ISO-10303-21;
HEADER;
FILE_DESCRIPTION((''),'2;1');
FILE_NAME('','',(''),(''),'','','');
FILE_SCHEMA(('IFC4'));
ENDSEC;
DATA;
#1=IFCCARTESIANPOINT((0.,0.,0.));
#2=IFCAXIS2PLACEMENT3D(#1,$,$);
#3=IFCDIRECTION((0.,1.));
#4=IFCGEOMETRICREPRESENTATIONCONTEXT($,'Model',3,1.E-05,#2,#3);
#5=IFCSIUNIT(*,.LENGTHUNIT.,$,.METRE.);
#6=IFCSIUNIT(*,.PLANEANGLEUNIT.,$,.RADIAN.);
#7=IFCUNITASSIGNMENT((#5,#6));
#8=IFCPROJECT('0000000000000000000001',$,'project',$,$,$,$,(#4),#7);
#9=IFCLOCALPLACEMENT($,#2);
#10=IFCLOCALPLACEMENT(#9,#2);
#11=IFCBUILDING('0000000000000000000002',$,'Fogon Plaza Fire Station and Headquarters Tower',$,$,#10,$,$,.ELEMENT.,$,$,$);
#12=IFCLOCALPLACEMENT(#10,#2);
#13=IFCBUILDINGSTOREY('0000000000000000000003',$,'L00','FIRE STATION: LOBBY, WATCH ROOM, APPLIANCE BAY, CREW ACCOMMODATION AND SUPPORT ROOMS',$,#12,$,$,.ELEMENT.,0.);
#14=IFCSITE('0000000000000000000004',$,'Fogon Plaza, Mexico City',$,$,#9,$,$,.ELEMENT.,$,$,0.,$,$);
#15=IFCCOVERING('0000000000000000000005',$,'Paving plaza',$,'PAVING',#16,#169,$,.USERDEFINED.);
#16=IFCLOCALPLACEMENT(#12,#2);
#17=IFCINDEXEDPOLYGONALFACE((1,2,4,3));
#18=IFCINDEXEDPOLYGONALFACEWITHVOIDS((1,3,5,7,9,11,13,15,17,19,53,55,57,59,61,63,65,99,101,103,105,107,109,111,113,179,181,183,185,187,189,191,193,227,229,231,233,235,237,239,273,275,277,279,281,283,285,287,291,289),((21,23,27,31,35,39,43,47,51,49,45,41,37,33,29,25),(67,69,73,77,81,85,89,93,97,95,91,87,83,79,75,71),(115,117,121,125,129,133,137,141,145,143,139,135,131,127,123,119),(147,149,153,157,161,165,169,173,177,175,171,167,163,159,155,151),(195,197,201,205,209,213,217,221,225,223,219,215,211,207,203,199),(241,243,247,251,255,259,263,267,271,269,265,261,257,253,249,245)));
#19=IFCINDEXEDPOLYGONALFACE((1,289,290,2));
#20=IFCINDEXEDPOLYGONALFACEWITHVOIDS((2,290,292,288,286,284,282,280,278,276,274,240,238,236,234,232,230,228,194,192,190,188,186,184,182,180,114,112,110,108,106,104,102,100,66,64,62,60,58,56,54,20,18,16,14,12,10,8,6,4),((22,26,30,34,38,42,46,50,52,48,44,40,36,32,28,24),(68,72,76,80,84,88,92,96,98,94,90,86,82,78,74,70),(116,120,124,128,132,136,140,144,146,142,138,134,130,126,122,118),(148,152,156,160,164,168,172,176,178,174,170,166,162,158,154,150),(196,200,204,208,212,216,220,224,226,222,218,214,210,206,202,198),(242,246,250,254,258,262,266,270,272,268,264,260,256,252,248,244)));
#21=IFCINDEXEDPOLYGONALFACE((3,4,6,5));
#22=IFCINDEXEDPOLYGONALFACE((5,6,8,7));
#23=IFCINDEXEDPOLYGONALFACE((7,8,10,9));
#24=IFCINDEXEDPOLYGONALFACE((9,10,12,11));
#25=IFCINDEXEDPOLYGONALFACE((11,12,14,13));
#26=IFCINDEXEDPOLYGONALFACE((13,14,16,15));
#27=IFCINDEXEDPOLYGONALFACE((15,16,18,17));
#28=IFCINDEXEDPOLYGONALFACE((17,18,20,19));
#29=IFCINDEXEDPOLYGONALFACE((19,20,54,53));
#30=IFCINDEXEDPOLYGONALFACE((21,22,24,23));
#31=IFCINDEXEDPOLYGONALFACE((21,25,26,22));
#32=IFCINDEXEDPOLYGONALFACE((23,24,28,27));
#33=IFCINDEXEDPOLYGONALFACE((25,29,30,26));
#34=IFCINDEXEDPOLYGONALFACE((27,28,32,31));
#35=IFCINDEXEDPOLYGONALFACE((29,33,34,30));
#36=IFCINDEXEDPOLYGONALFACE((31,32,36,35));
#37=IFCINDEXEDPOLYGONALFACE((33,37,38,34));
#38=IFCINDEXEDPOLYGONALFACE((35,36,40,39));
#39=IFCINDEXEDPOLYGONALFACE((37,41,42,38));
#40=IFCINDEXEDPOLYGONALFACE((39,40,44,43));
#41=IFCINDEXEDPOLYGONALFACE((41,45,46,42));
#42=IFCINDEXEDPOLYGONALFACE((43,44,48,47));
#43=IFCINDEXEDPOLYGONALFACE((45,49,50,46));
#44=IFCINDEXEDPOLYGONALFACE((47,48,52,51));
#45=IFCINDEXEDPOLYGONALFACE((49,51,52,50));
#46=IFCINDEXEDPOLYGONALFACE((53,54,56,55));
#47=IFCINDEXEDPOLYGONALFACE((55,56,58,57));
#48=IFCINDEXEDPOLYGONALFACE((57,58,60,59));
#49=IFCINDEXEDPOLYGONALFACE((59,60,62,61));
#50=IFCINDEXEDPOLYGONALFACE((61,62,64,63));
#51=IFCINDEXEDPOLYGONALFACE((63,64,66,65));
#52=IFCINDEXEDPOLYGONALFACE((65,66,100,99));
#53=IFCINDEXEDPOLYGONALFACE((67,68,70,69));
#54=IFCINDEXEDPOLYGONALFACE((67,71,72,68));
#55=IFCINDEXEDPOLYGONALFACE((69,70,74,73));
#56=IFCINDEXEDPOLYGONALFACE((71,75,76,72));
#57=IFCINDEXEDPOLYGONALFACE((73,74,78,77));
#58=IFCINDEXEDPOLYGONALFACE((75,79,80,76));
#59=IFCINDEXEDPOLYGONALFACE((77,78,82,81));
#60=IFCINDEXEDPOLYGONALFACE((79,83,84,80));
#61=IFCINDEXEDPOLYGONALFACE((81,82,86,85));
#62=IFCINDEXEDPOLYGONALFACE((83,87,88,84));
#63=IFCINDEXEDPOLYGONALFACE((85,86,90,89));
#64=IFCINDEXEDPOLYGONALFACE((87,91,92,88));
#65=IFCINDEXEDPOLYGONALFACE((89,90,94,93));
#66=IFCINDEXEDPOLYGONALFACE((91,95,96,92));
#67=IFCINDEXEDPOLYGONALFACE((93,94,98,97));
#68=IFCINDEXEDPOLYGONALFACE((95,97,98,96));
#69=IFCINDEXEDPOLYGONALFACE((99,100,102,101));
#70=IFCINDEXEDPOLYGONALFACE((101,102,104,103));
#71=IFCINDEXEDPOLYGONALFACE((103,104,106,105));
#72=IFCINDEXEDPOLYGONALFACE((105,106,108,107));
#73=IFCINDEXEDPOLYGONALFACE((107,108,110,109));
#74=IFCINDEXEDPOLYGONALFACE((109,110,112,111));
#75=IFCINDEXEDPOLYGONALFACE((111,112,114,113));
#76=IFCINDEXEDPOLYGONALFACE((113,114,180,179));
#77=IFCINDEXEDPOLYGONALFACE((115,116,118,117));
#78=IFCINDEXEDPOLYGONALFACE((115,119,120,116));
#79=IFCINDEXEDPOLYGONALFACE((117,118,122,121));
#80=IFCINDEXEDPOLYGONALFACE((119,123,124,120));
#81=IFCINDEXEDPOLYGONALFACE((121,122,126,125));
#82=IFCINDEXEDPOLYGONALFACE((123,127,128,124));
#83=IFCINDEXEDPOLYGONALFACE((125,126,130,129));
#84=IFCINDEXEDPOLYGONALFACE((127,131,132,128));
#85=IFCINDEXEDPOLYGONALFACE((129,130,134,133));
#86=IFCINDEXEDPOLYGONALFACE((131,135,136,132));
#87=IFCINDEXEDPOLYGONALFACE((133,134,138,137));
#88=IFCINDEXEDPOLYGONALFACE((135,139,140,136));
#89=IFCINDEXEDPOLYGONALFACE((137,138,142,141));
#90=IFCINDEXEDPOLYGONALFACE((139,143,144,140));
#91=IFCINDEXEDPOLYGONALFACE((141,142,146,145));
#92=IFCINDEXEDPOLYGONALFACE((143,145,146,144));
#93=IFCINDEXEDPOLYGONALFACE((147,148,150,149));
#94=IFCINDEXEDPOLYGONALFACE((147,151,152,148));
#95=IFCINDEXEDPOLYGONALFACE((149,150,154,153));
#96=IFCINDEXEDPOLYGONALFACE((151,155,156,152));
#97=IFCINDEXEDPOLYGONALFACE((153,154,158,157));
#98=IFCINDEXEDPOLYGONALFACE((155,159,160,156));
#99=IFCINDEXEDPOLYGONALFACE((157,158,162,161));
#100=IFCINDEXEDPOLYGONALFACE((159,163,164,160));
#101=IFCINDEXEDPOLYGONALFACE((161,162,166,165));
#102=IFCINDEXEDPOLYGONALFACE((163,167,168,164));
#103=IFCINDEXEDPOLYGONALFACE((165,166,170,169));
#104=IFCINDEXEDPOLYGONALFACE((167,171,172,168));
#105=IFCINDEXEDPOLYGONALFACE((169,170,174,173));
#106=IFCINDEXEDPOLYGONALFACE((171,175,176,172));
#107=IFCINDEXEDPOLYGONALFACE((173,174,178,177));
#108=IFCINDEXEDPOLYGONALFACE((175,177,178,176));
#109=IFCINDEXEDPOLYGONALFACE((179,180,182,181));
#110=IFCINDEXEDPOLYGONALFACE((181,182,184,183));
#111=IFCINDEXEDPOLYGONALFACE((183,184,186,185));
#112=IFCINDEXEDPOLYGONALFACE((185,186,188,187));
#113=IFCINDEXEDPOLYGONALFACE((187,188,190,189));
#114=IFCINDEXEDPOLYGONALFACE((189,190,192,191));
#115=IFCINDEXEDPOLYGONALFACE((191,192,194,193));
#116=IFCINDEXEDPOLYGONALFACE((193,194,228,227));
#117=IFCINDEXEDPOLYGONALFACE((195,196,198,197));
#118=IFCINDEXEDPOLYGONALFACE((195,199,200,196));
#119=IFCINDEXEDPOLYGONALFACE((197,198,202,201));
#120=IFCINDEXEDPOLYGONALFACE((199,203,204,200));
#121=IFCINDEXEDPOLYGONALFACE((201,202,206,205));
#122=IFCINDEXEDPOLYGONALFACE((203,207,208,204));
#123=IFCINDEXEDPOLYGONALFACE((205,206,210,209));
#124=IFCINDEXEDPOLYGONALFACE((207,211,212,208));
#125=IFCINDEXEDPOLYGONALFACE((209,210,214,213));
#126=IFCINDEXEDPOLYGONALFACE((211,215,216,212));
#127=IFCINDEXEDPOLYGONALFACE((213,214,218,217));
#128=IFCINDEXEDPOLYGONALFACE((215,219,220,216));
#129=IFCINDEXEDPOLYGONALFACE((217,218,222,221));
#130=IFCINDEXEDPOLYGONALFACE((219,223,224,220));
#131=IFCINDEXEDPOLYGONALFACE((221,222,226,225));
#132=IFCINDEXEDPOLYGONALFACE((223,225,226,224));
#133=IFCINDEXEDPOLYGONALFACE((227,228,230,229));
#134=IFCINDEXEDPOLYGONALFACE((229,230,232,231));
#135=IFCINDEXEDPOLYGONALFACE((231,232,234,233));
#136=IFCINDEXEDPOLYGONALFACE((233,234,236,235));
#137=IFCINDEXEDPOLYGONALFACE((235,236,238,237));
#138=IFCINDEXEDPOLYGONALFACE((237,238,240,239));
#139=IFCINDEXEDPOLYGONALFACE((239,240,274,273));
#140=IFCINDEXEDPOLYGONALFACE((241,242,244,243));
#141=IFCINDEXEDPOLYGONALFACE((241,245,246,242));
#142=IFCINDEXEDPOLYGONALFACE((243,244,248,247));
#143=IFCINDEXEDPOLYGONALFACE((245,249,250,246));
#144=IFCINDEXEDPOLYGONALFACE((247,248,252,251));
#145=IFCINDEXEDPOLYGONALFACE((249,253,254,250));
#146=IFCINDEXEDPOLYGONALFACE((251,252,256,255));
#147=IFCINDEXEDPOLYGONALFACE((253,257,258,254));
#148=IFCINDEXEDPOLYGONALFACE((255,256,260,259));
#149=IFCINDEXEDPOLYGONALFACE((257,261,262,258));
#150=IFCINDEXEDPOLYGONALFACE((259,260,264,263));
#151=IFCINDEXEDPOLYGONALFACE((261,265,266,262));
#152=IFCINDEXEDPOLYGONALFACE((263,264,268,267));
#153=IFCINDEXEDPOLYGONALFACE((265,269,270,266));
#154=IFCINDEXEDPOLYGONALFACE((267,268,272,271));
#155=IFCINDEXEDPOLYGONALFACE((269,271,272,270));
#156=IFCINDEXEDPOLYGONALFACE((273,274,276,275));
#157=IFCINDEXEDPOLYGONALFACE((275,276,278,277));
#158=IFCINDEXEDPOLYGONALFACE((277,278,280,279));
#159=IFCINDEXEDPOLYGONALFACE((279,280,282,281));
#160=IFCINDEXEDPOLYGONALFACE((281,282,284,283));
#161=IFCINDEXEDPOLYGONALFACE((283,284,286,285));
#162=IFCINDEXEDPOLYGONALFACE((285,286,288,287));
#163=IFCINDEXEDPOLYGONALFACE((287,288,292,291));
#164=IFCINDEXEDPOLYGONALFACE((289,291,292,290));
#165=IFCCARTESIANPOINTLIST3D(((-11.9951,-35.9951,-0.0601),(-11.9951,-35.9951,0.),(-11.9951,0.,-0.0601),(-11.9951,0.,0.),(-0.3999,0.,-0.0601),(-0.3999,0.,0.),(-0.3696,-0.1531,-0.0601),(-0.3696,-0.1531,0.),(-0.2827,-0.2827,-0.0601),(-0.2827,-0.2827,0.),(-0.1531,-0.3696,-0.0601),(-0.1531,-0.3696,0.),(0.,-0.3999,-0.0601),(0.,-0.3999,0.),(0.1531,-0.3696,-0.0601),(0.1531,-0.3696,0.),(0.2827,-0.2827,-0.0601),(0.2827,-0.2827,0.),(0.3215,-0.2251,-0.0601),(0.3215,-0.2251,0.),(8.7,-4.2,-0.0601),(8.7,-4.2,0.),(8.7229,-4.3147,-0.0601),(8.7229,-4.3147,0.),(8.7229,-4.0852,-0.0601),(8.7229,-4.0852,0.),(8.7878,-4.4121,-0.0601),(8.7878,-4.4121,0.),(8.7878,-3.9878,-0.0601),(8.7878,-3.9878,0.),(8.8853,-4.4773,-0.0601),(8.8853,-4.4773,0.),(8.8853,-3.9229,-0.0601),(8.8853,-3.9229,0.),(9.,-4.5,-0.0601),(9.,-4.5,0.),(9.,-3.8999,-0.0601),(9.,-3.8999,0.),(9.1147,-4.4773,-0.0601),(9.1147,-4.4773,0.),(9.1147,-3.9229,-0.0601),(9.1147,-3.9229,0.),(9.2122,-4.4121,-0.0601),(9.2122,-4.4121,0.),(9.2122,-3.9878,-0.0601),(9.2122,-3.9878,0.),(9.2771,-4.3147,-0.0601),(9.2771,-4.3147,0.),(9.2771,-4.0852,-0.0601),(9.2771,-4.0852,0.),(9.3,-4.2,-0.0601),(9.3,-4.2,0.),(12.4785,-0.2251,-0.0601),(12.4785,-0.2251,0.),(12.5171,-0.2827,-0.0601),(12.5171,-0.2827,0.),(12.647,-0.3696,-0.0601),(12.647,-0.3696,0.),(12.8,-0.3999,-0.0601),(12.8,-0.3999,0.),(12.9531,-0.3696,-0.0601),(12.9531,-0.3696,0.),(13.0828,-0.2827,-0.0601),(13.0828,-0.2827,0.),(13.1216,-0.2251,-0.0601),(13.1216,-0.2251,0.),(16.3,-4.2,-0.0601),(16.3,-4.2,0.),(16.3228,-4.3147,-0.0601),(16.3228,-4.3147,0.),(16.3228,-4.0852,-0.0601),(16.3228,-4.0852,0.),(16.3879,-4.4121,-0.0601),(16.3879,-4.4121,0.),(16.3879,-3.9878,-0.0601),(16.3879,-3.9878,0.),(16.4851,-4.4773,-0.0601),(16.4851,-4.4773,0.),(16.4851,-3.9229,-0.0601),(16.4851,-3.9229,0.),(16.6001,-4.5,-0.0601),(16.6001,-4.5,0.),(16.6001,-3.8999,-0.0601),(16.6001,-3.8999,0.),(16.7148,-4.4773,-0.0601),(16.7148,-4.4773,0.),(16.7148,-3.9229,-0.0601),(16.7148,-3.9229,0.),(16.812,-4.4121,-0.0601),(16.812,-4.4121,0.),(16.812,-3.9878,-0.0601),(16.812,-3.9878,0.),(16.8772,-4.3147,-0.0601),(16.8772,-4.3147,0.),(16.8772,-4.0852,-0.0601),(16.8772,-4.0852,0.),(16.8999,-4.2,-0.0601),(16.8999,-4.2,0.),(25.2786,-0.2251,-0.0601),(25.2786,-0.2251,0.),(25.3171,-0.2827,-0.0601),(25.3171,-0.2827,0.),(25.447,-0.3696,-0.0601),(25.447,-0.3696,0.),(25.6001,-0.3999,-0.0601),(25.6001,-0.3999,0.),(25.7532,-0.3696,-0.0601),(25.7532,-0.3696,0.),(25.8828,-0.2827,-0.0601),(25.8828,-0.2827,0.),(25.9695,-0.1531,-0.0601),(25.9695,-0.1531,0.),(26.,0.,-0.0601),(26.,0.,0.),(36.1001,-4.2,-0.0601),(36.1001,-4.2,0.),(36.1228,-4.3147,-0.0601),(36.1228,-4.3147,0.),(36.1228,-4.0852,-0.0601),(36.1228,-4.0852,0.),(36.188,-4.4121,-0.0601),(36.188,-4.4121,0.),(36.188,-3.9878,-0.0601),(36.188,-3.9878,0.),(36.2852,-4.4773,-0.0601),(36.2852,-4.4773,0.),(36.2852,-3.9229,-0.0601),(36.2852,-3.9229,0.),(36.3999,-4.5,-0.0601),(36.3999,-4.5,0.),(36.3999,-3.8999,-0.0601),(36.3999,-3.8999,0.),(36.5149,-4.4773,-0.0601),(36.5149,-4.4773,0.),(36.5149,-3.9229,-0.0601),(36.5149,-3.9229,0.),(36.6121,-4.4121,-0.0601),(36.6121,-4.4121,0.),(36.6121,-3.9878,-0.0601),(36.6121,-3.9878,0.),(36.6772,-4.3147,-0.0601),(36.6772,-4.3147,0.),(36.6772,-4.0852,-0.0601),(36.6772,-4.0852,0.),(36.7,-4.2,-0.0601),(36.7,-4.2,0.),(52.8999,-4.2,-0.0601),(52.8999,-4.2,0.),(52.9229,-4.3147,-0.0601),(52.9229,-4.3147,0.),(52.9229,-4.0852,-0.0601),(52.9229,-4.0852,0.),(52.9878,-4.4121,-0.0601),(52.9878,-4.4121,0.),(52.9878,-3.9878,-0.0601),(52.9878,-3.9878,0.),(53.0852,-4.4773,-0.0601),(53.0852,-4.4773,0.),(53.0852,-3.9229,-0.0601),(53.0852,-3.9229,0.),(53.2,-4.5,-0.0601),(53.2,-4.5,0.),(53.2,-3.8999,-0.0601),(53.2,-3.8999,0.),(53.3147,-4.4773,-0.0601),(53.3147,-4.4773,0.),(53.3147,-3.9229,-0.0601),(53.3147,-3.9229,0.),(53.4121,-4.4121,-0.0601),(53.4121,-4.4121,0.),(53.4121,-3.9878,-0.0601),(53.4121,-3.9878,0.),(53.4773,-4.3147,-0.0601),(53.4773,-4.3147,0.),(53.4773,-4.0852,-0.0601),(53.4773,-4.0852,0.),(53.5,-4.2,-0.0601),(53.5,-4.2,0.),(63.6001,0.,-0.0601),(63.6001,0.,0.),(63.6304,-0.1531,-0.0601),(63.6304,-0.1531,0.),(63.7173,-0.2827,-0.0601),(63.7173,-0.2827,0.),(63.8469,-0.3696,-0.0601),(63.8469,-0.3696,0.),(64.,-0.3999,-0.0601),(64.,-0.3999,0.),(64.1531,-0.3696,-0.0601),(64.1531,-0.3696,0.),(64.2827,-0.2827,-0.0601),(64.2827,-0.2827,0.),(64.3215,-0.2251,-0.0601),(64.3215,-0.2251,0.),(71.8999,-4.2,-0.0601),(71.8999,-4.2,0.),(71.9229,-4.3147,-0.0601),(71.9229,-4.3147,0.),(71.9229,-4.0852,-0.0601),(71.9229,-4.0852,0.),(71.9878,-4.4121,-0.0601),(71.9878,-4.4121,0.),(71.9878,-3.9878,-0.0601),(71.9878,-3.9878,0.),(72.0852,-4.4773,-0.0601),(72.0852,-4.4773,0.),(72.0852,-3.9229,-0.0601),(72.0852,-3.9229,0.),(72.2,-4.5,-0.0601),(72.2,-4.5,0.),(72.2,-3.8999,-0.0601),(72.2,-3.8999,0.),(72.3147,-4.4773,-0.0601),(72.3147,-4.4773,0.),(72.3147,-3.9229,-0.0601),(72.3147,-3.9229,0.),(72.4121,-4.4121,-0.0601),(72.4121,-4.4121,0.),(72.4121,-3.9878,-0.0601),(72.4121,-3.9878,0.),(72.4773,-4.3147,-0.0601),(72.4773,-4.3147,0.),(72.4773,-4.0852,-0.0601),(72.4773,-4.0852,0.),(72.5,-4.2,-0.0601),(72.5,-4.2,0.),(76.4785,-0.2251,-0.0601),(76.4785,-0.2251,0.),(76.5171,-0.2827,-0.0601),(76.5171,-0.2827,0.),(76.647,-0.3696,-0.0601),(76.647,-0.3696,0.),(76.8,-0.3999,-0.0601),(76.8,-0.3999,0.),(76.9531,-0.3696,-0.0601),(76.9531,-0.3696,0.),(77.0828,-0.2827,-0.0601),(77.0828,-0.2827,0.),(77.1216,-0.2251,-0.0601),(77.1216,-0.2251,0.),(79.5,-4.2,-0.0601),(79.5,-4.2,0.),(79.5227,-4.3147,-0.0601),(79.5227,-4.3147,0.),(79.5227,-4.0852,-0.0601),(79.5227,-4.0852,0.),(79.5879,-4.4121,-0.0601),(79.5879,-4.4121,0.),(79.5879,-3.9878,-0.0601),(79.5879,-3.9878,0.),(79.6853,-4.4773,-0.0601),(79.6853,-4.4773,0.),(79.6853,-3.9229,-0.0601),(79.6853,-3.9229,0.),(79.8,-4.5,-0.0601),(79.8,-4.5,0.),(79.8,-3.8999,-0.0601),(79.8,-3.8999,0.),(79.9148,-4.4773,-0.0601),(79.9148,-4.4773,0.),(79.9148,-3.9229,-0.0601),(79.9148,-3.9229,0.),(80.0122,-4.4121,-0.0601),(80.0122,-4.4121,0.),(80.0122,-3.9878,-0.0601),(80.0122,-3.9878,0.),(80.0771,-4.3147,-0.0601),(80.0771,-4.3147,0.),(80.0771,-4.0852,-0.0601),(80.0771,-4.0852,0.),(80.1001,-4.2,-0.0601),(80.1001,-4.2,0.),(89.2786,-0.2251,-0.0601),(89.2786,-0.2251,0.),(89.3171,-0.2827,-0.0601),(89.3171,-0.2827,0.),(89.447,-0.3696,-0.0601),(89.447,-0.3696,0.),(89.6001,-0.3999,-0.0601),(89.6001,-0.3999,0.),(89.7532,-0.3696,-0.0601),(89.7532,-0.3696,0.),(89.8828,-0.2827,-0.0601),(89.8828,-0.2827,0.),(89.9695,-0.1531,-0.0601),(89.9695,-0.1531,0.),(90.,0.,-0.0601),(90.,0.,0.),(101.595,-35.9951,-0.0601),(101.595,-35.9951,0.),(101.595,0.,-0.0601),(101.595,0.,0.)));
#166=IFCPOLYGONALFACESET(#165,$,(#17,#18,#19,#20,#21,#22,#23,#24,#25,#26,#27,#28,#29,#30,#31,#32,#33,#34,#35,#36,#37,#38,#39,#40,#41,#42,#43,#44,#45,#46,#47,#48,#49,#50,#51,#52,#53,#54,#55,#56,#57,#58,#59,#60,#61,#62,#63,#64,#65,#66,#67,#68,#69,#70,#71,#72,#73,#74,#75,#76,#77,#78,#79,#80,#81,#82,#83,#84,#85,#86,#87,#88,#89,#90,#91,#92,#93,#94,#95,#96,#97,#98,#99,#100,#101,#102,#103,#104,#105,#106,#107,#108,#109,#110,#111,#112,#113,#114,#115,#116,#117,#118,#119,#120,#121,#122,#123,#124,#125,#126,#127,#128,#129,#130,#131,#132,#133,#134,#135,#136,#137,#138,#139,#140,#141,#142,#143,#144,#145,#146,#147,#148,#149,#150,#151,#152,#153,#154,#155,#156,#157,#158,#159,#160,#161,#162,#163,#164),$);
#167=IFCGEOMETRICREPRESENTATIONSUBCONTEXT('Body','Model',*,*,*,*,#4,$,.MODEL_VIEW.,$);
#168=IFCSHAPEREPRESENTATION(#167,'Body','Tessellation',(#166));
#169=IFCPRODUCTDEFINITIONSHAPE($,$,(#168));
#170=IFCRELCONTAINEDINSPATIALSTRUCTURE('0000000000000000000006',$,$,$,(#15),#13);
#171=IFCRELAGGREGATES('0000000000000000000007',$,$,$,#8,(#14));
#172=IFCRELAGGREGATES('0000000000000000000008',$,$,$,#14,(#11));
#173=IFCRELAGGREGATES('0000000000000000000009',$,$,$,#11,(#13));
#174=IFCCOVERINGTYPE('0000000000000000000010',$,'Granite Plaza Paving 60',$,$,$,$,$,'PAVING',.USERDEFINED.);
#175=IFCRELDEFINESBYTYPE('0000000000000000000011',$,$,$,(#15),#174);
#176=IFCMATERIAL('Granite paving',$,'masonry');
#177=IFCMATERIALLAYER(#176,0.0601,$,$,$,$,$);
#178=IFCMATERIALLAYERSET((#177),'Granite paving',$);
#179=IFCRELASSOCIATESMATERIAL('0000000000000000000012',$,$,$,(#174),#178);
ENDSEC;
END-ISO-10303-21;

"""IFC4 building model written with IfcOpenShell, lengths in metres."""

from ifc_helpers import new_model, si_unit, direction, frame, origin, place, context, subcontext, project, spatial, polyline, outline, extrude, material, layer, layer_set, type_object, element, save


model = new_model("IFC4")

# Units and contexts
model_context = context("Model", 3, precision=1e-05, world=origin(), true_north=direction((0.0, 1.0)))
body_context = subcontext(model_context, "Body", "Model", "MODEL_VIEW")
ifc_project = project(units=[si_unit("LENGTHUNIT", "METRE"), si_unit("PLANEANGLEUNIT", "RADIAN")], contexts=[model_context])

# Site, building, storey
site_placement = place(None, origin())
site = spatial("IfcSite", under=ifc_project, at=site_placement, Name="Fogon Plaza, Mexico City", CompositionType="ELEMENT", RefElevation=0.0)
building_placement = place(site_placement, origin())
building = spatial("IfcBuilding", under=site, at=building_placement, Name="Fogon Plaza Fire Station and Headquarters Tower", CompositionType="ELEMENT")
storey_placement = place(building_placement, origin())
storey = spatial("IfcBuildingStorey", under=building, at=storey_placement, Name="L00", Description="FIRE STATION: LOBBY, WATCH ROOM, APPLIANCE BAY, CREW ACCOMMODATION AND SUPPORT ROOMS", CompositionType="ELEMENT", Elevation=0.0)

# Covering
ifc_material_1 = material(Name="Granite paving", Category="masonry")
ifc_layer_1 = layer(ifc_material_1, 0.0601)
ifc_layer_set_1 = layer_set([ifc_layer_1], Name="Granite paving")
covering_type_1 = type_object("IfcCoveringType", Name="Granite Plaza Paving 60", ElementType="PAVING", PredefinedType="USERDEFINED", material=ifc_layer_set_1)
covering_1_placement = place(storey_placement, frame((0.0, 0.0, -0.0601)))
element("IfcCovering", 1, at=covering_1_placement, inside=storey, type_object=covering_type_1, Name="Paving plaza", ObjectType="PAVING", PredefinedType="USERDEFINED", context=body_context, shape_type="SweptSolid", body=[
    extrude(outline(polyline([(-11.9951, -35.9951), (-11.9951, 0.0), (-0.3999, 0.0), (-0.3696, -0.1531), (-0.2827, -0.2827), (-0.1531, -0.3696), (0.0, -0.3999), (0.1531, -0.3696), (0.2827, -0.2827), (0.3215, -0.2251), (12.4785, -0.2251), (12.5171, -0.2827), (12.647, -0.3696), (12.8, -0.3999), (12.9531, -0.3696), (13.0828, -0.2827), (13.1216, -0.2251), (25.2786, -0.2251), (25.3171, -0.2827), (25.447, -0.3696), (25.6001, -0.3999), (25.7532, -0.3696), (25.8828, -0.2827), (25.9695, -0.1531), (26.0, 0.0), (63.6001, 0.0), (63.6304, -0.1531), (63.7173, -0.2827), (63.8469, -0.3696), (64.0, -0.3999), (64.1531, -0.3696), (64.2827, -0.2827), (64.3215, -0.2251), (76.4785, -0.2251), (76.5171, -0.2827), (76.647, -0.3696), (76.8, -0.3999), (76.9531, -0.3696), (77.0828, -0.2827), (77.1216, -0.2251), (89.2786, -0.2251), (89.3171, -0.2827), (89.447, -0.3696), (89.6001, -0.3999), (89.7532, -0.3696), (89.8828, -0.2827), (89.9695, -0.1531), (90.0, 0.0), (101.595, 0.0), (101.595, -35.9951), (-11.9951, -35.9951)]), holes=[polyline([(16.4851, -4.4773), (16.6001, -4.5), (16.7148, -4.4773), (16.812, -4.4121), (16.8772, -4.3147), (16.8999, -4.2), (16.8772, -4.0852), (16.812, -3.9878), (16.7148, -3.9229), (16.6001, -3.8999), (16.4851, -3.9229), (16.3879, -3.9878), (16.3228, -4.0852), (16.3, -4.2), (16.3228, -4.3147), (16.3879, -4.4121), (16.4851, -4.4773)]), polyline([(8.8853, -4.4773), (9.0, -4.5), (9.1147, -4.4773), (9.2122, -4.4121), (9.2771, -4.3147), (9.3, -4.2), (9.2771, -4.0852), (9.2122, -3.9878), (9.1147, -3.9229), (9.0, -3.8999), (8.8853, -3.9229), (8.7878, -3.9878), (8.7229, -4.0852), (8.7, -4.2), (8.7229, -4.3147), (8.7878, -4.4121), (8.8853, -4.4773)]), polyline([(36.2852, -4.4773), (36.3999, -4.5), (36.5149, -4.4773), (36.6121, -4.4121), (36.6772, -4.3147), (36.7, -4.2), (36.6772, -4.0852), (36.6121, -3.9878), (36.5149, -3.9229), (36.3999, -3.8999), (36.2852, -3.9229), (36.188, -3.9878), (36.1228, -4.0852), (36.1001, -4.2), (36.1228, -4.3147), (36.188, -4.4121), (36.2852, -4.4773)]), polyline([(53.0852, -4.4773), (53.2, -4.5), (53.3147, -4.4773), (53.4121, -4.4121), (53.4773, -4.3147), (53.5, -4.2), (53.4773, -4.0852), (53.4121, -3.9878), (53.3147, -3.9229), (53.2, -3.8999), (53.0852, -3.9229), (52.9878, -3.9878), (52.9229, -4.0852), (52.8999, -4.2), (52.9229, -4.3147), (52.9878, -4.4121), (53.0852, -4.4773)]), polyline([(71.9878, -4.4121), (72.0852, -4.4773), (72.2, -4.5), (72.3147, -4.4773), (72.4121, -4.4121), (72.4773, -4.3147), (72.5, -4.2), (72.4773, -4.0852), (72.4121, -3.9878), (72.3147, -3.9229), (72.2, -3.8999), (72.0852, -3.9229), (71.9878, -3.9878), (71.9229, -4.0852), (71.8999, -4.2), (71.9229, -4.3147), (71.9878, -4.4121)]), polyline([(79.5879, -4.4121), (79.6853, -4.4773), (79.8, -4.5), (79.9148, -4.4773), (80.0122, -4.4121), (80.0771, -4.3147), (80.1001, -4.2), (80.0771, -4.0852), (80.0122, -3.9878), (79.9148, -3.9229), (79.8, -3.8999), (79.6853, -3.9229), (79.5879, -3.9878), (79.5227, -4.0852), (79.5, -4.2), (79.5227, -4.3147), (79.5879, -4.4121)])]), origin(), (0.0, 0.0, 1.0), 0.0601),
])

save(model, "model.ifc")
